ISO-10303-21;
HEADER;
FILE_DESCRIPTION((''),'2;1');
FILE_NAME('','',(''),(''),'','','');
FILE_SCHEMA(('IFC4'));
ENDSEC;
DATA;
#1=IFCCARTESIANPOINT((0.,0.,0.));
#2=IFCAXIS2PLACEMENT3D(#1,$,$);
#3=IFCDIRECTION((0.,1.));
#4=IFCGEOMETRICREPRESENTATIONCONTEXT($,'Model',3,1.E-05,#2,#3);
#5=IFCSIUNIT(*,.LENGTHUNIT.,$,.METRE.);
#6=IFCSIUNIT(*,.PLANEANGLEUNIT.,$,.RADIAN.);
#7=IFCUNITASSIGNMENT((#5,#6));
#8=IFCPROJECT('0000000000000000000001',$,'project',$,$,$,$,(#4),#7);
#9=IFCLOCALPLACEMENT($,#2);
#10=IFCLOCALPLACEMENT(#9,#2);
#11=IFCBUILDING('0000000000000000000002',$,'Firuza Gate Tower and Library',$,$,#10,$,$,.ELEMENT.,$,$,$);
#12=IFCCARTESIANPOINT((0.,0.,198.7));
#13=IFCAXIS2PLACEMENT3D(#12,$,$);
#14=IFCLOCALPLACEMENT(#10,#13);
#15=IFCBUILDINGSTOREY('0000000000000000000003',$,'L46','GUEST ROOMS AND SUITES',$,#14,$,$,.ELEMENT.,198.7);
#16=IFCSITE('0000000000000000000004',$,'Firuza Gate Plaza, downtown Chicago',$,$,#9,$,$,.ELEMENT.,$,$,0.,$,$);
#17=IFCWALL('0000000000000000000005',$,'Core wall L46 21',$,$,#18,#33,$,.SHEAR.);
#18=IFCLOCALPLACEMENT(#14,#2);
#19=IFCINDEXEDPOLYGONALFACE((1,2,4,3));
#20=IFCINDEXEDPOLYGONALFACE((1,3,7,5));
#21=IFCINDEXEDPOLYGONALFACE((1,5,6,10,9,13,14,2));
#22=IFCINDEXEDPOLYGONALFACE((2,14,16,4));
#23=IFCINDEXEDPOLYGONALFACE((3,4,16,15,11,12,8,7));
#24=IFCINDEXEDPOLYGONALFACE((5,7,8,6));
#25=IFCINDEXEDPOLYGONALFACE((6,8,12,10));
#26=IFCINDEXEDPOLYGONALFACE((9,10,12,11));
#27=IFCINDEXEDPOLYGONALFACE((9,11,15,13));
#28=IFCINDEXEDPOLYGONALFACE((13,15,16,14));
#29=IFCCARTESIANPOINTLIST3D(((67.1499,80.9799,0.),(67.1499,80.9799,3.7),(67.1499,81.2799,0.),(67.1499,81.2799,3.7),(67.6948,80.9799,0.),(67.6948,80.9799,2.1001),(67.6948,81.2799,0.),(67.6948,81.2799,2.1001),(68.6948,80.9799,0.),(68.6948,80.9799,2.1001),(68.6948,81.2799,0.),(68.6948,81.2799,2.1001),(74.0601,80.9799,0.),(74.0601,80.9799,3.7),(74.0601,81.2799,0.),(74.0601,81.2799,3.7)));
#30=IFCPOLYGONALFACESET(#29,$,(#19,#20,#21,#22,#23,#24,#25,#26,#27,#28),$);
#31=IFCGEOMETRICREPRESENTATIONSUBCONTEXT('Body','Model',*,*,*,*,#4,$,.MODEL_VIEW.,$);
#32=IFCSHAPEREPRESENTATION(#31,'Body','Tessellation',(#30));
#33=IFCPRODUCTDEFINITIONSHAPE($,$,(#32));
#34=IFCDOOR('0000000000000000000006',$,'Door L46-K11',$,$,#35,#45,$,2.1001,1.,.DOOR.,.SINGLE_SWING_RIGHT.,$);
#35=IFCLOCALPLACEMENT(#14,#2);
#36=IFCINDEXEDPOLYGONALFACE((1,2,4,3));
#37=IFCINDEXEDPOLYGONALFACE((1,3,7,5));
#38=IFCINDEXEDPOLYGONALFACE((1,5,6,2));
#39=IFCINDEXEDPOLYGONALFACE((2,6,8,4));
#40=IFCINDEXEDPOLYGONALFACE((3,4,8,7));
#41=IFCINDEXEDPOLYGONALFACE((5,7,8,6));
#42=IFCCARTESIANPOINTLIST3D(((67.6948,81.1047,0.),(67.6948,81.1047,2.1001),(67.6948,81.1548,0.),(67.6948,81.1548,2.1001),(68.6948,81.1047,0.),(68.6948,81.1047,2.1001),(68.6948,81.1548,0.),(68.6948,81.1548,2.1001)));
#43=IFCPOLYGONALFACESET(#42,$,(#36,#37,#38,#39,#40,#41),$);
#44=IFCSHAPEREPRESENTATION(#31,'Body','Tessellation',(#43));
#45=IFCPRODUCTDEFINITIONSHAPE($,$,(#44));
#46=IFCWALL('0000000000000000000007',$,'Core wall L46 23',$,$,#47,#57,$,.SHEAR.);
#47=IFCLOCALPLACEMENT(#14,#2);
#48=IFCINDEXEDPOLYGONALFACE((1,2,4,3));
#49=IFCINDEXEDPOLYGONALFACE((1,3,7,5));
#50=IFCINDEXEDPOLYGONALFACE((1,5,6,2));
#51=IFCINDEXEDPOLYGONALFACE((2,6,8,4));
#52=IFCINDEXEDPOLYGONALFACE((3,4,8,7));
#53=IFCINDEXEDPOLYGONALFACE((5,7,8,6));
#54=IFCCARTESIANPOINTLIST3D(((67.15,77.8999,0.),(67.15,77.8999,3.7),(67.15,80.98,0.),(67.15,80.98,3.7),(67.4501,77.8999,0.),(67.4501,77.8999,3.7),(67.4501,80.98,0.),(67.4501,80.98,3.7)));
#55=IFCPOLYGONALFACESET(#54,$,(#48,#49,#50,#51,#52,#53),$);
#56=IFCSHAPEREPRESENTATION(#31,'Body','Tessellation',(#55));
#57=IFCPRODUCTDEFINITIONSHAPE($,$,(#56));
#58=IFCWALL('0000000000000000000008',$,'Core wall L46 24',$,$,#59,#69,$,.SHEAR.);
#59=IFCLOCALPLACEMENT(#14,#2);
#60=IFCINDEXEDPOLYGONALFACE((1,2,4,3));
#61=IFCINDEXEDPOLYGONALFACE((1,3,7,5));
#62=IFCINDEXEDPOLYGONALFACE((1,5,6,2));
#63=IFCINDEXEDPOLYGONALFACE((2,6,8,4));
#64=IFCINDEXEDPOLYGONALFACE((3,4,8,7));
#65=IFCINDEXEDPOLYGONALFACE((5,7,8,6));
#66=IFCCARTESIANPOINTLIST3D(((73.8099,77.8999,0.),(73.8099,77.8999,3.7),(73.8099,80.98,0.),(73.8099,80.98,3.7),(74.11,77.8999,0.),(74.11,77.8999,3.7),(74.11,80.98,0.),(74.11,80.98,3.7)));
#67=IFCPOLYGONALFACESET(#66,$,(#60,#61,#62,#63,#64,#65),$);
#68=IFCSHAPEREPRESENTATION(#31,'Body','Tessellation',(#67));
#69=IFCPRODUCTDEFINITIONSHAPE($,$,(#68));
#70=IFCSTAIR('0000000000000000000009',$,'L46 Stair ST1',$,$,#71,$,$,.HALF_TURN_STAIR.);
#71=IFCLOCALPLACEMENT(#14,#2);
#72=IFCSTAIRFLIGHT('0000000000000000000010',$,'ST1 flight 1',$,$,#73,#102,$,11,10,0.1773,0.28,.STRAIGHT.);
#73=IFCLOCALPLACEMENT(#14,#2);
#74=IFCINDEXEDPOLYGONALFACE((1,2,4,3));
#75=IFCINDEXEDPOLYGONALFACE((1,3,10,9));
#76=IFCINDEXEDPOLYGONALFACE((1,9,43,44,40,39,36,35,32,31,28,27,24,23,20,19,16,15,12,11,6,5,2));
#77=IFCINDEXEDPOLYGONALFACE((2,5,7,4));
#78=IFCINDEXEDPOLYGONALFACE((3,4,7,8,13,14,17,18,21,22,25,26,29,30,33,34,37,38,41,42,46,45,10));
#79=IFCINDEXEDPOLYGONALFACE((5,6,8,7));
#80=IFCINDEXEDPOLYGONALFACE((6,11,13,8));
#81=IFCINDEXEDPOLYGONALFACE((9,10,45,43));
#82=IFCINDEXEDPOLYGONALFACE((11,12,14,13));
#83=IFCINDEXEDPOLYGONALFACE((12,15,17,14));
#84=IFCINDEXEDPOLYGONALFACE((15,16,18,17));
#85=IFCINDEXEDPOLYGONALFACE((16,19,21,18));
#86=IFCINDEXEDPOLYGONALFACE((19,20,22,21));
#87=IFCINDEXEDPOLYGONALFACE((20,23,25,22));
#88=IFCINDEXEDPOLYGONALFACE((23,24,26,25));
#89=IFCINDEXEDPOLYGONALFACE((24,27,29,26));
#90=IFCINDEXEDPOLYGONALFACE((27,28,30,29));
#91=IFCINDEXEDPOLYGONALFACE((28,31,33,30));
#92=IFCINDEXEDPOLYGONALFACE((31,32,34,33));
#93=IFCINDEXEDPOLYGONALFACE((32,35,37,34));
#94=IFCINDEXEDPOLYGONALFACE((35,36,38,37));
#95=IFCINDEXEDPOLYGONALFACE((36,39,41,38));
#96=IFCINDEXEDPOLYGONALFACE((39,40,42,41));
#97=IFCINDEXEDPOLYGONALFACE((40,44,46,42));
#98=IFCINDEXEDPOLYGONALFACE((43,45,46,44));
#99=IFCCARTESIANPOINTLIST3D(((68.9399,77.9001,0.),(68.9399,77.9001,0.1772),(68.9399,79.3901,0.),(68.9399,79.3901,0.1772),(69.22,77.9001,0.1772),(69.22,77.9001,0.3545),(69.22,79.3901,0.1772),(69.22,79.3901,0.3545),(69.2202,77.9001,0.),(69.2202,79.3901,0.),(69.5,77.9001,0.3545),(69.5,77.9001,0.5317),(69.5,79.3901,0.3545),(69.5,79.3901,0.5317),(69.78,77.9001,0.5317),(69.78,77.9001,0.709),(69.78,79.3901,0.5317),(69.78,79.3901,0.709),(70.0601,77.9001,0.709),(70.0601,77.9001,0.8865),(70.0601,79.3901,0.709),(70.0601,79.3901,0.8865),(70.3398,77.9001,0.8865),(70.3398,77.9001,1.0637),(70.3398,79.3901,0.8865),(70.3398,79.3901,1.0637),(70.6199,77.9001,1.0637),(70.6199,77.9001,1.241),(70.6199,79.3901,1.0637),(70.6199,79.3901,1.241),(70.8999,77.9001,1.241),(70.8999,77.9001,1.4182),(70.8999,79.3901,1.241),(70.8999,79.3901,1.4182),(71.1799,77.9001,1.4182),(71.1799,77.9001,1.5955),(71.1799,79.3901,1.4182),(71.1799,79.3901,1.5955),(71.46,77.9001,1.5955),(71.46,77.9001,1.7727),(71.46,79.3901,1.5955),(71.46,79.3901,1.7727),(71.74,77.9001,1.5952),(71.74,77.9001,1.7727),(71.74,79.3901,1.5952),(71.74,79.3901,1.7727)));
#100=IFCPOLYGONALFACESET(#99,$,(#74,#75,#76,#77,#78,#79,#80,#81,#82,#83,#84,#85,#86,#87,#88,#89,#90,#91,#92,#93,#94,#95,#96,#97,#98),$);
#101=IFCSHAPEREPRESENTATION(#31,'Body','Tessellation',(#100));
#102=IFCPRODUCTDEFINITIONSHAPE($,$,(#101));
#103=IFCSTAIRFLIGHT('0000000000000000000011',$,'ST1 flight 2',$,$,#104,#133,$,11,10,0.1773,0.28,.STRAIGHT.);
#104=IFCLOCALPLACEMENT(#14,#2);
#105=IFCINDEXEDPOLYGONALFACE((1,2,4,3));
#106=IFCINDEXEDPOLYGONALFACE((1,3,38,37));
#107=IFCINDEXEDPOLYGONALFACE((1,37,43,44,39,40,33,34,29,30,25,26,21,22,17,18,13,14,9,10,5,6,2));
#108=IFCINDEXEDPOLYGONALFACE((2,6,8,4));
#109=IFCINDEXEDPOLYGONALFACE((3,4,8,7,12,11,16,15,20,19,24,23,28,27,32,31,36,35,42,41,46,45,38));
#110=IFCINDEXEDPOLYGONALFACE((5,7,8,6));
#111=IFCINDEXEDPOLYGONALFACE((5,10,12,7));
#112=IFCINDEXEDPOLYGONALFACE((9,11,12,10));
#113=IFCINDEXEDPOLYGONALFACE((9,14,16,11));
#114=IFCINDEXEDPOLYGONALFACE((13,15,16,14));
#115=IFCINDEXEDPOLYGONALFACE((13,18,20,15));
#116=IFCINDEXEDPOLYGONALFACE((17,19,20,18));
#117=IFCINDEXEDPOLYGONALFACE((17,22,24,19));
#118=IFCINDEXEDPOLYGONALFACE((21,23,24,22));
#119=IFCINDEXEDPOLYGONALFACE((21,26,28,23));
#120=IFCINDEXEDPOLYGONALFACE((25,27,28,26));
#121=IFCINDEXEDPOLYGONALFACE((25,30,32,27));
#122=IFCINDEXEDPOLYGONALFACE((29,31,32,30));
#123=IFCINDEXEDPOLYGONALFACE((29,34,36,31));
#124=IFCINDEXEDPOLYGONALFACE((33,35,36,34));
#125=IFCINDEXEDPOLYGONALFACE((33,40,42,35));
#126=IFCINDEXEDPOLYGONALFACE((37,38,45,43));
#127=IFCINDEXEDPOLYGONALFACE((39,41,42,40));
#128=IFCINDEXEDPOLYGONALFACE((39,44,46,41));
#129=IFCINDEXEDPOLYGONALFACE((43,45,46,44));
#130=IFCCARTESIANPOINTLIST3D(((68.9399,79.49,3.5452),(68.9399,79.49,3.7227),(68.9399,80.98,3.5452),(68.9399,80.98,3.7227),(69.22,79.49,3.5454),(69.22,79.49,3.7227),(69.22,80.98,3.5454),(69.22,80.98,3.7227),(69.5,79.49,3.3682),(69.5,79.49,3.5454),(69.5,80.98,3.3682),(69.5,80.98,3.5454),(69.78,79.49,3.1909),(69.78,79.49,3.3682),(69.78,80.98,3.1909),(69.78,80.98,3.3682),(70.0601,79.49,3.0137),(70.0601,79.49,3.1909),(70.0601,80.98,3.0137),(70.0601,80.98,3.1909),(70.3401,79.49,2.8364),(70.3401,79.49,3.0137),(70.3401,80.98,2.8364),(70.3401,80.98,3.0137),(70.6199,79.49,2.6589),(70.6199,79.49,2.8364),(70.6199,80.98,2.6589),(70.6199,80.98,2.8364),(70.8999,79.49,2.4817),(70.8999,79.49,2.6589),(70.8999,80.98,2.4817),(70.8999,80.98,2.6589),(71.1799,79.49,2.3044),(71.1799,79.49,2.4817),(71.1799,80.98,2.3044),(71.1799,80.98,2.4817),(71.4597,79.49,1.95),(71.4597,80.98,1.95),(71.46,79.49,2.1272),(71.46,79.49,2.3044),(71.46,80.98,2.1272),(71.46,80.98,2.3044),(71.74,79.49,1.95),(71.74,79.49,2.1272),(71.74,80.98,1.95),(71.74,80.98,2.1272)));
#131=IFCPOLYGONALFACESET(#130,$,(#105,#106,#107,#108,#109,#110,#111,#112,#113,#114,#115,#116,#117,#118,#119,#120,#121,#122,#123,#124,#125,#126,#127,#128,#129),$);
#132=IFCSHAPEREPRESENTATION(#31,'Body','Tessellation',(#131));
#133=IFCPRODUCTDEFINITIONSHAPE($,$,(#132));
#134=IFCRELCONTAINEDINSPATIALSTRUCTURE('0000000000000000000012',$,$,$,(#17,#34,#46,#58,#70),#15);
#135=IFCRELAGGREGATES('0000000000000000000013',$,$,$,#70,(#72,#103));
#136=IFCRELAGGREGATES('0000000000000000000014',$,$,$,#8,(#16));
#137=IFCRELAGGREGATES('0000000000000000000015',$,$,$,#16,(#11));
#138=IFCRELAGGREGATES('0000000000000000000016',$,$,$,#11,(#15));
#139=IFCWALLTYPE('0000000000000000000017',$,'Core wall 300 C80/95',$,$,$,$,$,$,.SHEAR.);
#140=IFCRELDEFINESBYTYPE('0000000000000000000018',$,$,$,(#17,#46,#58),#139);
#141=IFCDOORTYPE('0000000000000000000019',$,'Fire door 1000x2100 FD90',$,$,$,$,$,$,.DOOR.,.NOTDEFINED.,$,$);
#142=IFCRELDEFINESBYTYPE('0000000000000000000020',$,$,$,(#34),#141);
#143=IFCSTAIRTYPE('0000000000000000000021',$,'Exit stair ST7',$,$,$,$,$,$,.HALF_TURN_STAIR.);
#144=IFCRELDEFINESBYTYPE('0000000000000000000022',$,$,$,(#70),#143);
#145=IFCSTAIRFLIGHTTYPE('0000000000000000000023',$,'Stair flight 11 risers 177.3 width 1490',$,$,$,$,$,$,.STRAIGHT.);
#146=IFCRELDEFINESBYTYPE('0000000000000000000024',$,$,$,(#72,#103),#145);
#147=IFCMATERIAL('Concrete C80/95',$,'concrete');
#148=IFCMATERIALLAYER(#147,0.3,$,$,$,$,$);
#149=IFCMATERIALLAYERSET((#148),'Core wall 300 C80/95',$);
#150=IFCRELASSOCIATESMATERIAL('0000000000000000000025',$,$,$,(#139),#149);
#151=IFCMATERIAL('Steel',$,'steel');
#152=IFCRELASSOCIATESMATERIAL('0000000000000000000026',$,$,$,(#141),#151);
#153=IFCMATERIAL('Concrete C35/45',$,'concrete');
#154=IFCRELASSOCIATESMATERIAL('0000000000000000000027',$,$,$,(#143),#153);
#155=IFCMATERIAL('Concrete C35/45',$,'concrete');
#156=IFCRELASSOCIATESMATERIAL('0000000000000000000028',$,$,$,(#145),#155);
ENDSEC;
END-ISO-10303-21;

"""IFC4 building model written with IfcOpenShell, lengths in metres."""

from ifc_helpers import new_model, si_unit, direction, frame, frame_2d, origin, place, context, subcontext, project, spatial, polyline, rectangle, outline, extrude, material, layer, layer_set, type_object, element, fill, aggregate, save


model = new_model("IFC4")

# Units and contexts
model_context = context("Model", 3, precision=1e-05, world=origin(), true_north=direction((0.0, 1.0)))
body_context = subcontext(model_context, "Body", "Model", "MODEL_VIEW")
ifc_project = project(units=[si_unit("LENGTHUNIT", "METRE"), si_unit("PLANEANGLEUNIT", "RADIAN")], contexts=[model_context])

# Site, building, storey
site_placement = place(None, origin())
site = spatial("IfcSite", under=ifc_project, at=site_placement, Name="Firuza Gate Plaza, downtown Chicago", CompositionType="ELEMENT", RefElevation=0.0)
building_placement = place(site_placement, origin())
building = spatial("IfcBuilding", under=site, at=building_placement, Name="Firuza Gate Tower and Library", CompositionType="ELEMENT")
storey_placement = place(building_placement, frame((0.0, 0.0, 198.7)))
storey = spatial("IfcBuildingStorey", under=building, at=storey_placement, Name="L46", Description="GUEST ROOMS AND SUITES", CompositionType="ELEMENT", Elevation=198.7)

# Shared definitions
ifc_material_1 = material(Name="Concrete C80/95", Category="concrete")
ifc_layer_1 = layer(ifc_material_1, 0.3)
ifc_layer_set_1 = layer_set([ifc_layer_1], Name="Core wall 300 C80/95")
wall_type_1 = type_object("IfcWallType", Name="Core wall 300 C80/95", PredefinedType="SHEAR", material=ifc_layer_set_1)

# Wall, opening, door
wall_1_placement = place(storey_placement, frame((67.1499, 81.1299, 0.0), z_axis=(0.0, 0.0, 1.0), x_axis=(1.0, 0.0, 0.0)))
wall_1 = element("IfcWall", 1, at=wall_1_placement, inside=storey, type_object=wall_type_1, Name="Core wall L46 21", PredefinedType="SHEAR", context=body_context, shape_type="SweptSolid", body=[
    extrude(rectangle(XDim=6.9102, YDim=0.3, at=frame_2d((3.4551, 0.0))), origin(), (0.0, 0.0, 1.0), 3.7),
])
opening_1_placement = place(wall_1_placement, frame((0.5449, 0.0, 0.0)))
opening_1 = element("IfcOpeningElement", 2, at=opening_1_placement, cuts=wall_1, PredefinedType="OPENING", context=body_context, shape_type="SweptSolid", body=[
    extrude(rectangle(XDim=1.0, YDim=2.1001, at=frame_2d((0.5, 1.05))), frame((0.0, 0.1602, 0.0), z_axis=(0.0, -1.0, 0.0), x_axis=(1.0, 0.0, 0.0)), (0.0, 0.0, 1.0), 0.3201),
])
ifc_material_2 = material(Name="Steel", Category="steel")
door_type_1 = type_object("IfcDoorType", Name="Fire door 1000x2100 FD90", OperationType="NOTDEFINED", PredefinedType="DOOR", material=ifc_material_2)
door_1_placement = place(opening_1_placement, origin())
door_1 = element("IfcDoor", 3, at=door_1_placement, inside=storey, type_object=door_type_1, Name="Door L46-K11", OperationType="SINGLE_SWING_RIGHT", OverallHeight=2.1001, OverallWidth=1.0, PredefinedType="DOOR", context=body_context, shape_type="SweptSolid", body=[
    extrude(rectangle(XDim=1.0, YDim=2.1001, at=frame_2d((0.5, 1.05))), frame((0.0, 0.0249, 0.0), z_axis=(0.0, -1.0, 0.0), x_axis=(1.0, 0.0, 0.0)), (0.0, 0.0, 1.0), 0.05),
])
fill(opening_1, door_1)

# Walls
for number, where, z_axis, x_axis, name in (
    (4, (67.3, 77.8999, 0.0), (0.0, 0.0, 1.0), (0.0, 1.0, 0.0), "Core wall L46 23"),
    (5, (73.96, 77.8999, 0.0), (0.0, 0.0, 1.0), (0.0, 1.0, 0.0), "Core wall L46 24"),
):
    element("IfcWall", number, at=place(storey_placement, frame(where, z_axis=z_axis, x_axis=x_axis)), inside=storey, type_object=wall_type_1, Name=name, PredefinedType="SHEAR", context=body_context, shape_type="SweptSolid", body=[
        extrude(rectangle(XDim=3.0801, YDim=0.3, at=frame_2d((1.54, 0.0))), origin(), (0.0, 0.0, 1.0), 3.7),
    ])

# Stair, stair flights
ifc_material_3 = material(Name="Concrete C35/45", Category="concrete")
stair_type = type_object("IfcStairType", Name="Exit stair ST7", PredefinedType="HALF_TURN_STAIR", material=ifc_material_3)
stair_placement = place(storey_placement, origin())
stair = element("IfcStair", 6, at=stair_placement, inside=storey, type_object=stair_type, Name="L46 Stair ST1", PredefinedType="HALF_TURN_STAIR")
ifc_material_4 = material(Name="Concrete C35/45", Category="concrete")
stair_flight_type = type_object("IfcStairFlightType", Name="Stair flight 11 risers 177.3 width 1490", PredefinedType="STRAIGHT", material=ifc_material_4)
stair_flight_1_placement = place(storey_placement, frame((68.9399, 78.645, 0.0), z_axis=(0.0, 0.0, 1.0), x_axis=(1.0, 0.0, 0.0)))
stair_flight_1 = element("IfcStairFlight", 7, at=stair_flight_1_placement, type_object=stair_flight_type, Name="ST1 flight 1", NumberOfRisers=11, NumberOfTreads=10, PredefinedType="STRAIGHT", RiserHeight=0.1773, TreadLength=0.28, context=body_context, shape_type="SweptSolid", body=[
    extrude(outline(polyline([(0.0, 0.0), (0.0, 0.1772), (0.28, 0.1772), (0.28, 0.3545), (0.5601, 0.3545), (0.5601, 0.5317), (0.8401, 0.5317), (0.8401, 0.709), (1.1201, 0.709), (1.1201, 0.8865), (1.3999, 0.8865), (1.3999, 1.0637), (1.6799, 1.0637), (1.6799, 1.241), (1.96, 1.241), (1.96, 1.4182), (2.24, 1.4182), (2.24, 1.5955), (2.52, 1.5955), (2.52, 1.7727), (2.8, 1.7727), (2.8, 1.95), (2.8, 1.5952), (0.2803, 0.0), (0.0, 0.0)])), frame((0.0, 0.7451, 0.0), z_axis=(0.0, -1.0, 0.0), x_axis=(1.0, 0.0, 0.0)), (0.0, 0.0, 1.0), 1.49),
])
stair_flight_2_placement = place(storey_placement, frame((71.74, 80.2351, 1.95), z_axis=(0.0, 0.0, 1.0), x_axis=(-1.0, 0.0, 0.0)))
stair_flight_2 = element("IfcStairFlight", 8, at=stair_flight_2_placement, type_object=stair_flight_type, Name="ST1 flight 2", NumberOfRisers=11, NumberOfTreads=10, PredefinedType="STRAIGHT", RiserHeight=0.1773, TreadLength=0.28, context=body_context, shape_type="SweptSolid", body=[
    extrude(outline(polyline([(0.0, 0.0), (0.0, 0.1772), (0.28, 0.1772), (0.28, 0.3545), (0.5601, 0.3545), (0.5601, 0.5317), (0.8401, 0.5317), (0.8401, 0.709), (1.1201, 0.709), (1.1201, 0.8865), (1.3999, 0.8865), (1.3999, 1.0637), (1.6799, 1.0637), (1.6799, 1.241), (1.96, 1.241), (1.96, 1.4182), (2.24, 1.4182), (2.24, 1.5955), (2.52, 1.5955), (2.52, 1.7727), (2.8, 1.7727), (2.8, 1.95), (2.8, 1.5952), (0.2803, 0.0), (0.0, 0.0)])), frame((0.0, 0.7451, 0.0), z_axis=(0.0, -1.0, 0.0), x_axis=(1.0, 0.0, 0.0)), (0.0, 0.0, 1.0), 1.49),
])
aggregate(stair, [stair_flight_1, stair_flight_2])

save(model, "model.ifc")
